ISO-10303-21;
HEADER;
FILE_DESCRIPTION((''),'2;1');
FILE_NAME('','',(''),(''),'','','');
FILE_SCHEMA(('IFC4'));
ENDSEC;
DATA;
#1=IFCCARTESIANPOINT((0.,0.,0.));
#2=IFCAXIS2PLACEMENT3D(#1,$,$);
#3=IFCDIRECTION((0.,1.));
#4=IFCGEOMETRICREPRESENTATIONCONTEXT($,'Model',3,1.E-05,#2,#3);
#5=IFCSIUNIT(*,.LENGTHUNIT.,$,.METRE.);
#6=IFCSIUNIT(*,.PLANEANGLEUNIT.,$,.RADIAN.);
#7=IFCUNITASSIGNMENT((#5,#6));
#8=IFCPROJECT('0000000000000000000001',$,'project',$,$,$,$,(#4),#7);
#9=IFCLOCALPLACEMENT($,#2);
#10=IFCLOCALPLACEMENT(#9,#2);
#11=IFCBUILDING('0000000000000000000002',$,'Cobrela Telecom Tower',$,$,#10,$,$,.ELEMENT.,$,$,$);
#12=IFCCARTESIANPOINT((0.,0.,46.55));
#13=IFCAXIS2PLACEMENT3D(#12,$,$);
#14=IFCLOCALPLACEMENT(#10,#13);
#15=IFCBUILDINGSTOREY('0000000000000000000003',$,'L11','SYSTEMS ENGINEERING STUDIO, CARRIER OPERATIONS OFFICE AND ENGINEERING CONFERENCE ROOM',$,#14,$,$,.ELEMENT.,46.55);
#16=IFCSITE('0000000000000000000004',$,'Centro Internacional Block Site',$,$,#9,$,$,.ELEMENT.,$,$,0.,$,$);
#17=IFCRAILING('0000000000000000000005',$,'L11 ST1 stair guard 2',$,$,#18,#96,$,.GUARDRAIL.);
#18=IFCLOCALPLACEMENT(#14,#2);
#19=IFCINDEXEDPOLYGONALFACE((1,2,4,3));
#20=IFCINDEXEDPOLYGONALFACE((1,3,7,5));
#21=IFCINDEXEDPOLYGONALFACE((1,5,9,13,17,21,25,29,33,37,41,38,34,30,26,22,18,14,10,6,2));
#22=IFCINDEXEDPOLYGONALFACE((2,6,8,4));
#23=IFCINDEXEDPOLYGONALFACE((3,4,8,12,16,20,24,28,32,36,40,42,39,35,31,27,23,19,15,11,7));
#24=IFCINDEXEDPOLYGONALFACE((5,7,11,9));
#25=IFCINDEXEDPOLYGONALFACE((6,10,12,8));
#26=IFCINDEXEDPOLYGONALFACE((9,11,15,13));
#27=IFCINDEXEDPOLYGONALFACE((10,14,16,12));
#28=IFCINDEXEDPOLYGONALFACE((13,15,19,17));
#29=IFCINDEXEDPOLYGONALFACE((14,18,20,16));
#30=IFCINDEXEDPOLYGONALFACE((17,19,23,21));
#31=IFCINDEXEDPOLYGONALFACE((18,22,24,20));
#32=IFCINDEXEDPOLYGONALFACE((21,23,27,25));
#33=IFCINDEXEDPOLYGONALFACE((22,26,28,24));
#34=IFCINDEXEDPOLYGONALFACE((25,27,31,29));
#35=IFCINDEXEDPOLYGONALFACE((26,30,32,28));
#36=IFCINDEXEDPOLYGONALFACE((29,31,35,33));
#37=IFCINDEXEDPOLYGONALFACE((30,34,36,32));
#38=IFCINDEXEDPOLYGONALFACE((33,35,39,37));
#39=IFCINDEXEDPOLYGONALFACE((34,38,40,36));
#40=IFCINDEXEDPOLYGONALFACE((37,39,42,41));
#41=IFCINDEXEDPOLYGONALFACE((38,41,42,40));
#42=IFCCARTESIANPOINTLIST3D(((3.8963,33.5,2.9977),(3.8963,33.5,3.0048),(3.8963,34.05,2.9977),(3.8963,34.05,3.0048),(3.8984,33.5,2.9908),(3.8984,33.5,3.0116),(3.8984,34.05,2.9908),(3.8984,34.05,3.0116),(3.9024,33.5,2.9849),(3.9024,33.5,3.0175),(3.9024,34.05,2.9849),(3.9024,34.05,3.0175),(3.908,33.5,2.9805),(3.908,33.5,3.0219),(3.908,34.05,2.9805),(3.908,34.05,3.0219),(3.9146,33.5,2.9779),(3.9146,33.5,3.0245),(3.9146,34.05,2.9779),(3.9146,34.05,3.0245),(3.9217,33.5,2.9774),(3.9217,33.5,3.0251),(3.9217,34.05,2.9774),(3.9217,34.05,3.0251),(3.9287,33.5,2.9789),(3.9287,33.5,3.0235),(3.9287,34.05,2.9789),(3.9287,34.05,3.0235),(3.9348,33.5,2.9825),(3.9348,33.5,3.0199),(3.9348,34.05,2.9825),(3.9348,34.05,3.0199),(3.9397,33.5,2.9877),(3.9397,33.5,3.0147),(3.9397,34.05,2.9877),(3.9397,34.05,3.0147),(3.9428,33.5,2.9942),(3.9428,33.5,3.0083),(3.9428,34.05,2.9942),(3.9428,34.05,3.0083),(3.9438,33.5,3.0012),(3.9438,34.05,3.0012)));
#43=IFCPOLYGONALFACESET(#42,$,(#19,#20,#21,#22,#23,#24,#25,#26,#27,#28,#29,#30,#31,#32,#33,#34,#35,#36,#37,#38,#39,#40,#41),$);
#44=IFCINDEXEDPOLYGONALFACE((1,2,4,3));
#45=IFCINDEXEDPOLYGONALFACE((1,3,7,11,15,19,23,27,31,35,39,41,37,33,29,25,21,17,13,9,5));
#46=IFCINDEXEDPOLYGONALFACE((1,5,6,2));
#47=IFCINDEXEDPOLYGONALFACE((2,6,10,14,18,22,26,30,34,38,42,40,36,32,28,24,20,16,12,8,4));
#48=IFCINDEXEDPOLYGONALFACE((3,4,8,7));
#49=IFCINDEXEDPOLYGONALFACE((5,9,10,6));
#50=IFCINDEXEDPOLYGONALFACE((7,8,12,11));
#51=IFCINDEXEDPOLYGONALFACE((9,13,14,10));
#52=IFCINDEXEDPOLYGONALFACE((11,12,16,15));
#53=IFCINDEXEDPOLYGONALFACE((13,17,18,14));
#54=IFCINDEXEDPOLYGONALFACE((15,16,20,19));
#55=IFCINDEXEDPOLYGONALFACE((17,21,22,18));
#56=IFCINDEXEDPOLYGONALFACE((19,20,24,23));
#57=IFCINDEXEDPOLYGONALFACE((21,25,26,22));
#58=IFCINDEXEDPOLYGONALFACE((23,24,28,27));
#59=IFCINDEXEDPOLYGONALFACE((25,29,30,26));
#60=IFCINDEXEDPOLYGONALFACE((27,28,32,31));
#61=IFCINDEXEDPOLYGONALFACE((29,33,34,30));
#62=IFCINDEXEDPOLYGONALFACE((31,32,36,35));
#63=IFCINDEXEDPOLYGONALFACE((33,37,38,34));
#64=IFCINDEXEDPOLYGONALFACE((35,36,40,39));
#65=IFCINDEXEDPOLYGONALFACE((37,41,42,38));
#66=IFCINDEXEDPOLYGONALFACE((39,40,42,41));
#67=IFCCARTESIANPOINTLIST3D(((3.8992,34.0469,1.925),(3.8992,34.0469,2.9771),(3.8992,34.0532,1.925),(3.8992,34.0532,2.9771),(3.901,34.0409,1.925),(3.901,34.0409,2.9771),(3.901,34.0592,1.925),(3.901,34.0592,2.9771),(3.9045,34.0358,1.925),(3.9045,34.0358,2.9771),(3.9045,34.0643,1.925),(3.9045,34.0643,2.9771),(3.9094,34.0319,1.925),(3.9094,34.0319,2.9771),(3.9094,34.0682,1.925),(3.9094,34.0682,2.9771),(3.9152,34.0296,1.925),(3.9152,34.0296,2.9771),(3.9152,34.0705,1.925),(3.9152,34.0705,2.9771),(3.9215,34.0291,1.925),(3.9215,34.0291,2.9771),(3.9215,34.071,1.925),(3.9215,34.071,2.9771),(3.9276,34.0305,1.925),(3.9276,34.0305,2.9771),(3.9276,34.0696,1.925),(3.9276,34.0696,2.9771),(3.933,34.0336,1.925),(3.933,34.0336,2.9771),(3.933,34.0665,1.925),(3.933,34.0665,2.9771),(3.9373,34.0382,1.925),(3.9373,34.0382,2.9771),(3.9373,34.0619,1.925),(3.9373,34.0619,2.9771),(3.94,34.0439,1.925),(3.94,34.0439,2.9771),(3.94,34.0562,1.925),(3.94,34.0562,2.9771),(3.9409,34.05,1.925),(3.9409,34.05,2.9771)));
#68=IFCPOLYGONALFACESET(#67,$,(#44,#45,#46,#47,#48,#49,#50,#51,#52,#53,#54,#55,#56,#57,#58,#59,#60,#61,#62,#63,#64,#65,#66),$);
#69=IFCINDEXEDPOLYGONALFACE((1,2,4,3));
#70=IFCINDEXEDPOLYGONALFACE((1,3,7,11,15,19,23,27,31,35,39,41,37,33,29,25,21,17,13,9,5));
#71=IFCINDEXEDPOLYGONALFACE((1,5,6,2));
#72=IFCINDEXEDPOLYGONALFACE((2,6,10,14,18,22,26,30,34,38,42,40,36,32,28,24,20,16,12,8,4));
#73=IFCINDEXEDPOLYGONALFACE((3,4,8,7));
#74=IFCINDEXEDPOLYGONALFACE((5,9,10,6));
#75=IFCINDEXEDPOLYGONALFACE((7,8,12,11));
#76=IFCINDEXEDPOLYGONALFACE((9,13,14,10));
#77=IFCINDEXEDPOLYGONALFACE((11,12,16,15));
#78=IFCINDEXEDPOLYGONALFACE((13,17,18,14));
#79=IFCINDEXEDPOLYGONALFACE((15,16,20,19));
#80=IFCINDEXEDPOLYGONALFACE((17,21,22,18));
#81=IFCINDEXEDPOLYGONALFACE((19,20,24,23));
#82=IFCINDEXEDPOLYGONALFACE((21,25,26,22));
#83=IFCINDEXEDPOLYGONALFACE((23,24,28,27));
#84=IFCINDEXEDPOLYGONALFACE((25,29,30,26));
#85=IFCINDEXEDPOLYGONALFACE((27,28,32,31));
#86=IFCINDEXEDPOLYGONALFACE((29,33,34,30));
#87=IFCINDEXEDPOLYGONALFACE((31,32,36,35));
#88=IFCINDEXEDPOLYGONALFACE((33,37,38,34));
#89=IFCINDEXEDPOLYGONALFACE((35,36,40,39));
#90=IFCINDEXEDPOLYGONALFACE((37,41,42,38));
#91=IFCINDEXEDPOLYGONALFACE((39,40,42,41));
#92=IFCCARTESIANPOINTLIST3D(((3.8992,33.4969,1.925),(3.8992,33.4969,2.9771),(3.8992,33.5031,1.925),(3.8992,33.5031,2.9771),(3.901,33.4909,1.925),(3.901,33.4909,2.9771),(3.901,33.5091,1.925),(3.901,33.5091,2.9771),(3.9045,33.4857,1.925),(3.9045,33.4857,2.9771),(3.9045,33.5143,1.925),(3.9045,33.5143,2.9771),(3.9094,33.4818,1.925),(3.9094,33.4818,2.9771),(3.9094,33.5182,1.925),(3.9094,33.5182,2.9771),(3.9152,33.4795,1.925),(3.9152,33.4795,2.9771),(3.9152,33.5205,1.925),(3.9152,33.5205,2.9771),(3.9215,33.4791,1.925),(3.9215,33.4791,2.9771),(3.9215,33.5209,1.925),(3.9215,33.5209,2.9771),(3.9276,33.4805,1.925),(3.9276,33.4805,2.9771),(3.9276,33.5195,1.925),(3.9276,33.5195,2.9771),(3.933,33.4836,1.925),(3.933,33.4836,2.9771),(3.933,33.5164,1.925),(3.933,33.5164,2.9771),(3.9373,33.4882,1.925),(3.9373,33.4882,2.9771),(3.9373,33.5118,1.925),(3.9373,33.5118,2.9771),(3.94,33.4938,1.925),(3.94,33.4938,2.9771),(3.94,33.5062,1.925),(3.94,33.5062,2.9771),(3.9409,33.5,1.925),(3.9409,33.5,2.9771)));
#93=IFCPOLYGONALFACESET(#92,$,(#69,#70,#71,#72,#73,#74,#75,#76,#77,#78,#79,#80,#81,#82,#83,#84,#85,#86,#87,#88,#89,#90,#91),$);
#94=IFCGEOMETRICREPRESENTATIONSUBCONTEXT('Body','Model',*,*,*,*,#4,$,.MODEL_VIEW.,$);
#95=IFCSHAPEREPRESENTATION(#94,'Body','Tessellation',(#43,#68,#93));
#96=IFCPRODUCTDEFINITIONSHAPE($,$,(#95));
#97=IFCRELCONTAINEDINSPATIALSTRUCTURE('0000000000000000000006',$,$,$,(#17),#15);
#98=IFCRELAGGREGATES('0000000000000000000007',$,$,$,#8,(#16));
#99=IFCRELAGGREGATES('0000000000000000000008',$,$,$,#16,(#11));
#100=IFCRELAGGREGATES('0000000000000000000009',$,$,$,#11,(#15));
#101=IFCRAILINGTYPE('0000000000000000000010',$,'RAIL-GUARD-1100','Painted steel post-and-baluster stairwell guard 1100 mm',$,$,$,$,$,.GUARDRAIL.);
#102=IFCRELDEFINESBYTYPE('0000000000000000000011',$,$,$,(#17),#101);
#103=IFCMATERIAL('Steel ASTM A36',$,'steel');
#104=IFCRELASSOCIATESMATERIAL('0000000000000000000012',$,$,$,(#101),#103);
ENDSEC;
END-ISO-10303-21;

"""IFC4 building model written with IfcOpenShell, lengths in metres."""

from ifc_helpers import new_model, si_unit, direction, frame, origin, origin_2d, place, context, subcontext, project, spatial, circle, extrude, material, type_object, element, save


model = new_model("IFC4")

# Units and contexts
model_context = context("Model", 3, precision=1e-05, world=origin(), true_north=direction((0.0, 1.0)))
body_context = subcontext(model_context, "Body", "Model", "MODEL_VIEW")
ifc_project = project(units=[si_unit("LENGTHUNIT", "METRE"), si_unit("PLANEANGLEUNIT", "RADIAN")], contexts=[model_context])

# Site, building, storey
site_placement = place(None, origin())
site = spatial("IfcSite", under=ifc_project, at=site_placement, Name="Centro Internacional Block Site", CompositionType="ELEMENT", RefElevation=0.0)
building_placement = place(site_placement, origin())
building = spatial("IfcBuilding", under=site, at=building_placement, Name="Cobrela Telecom Tower", CompositionType="ELEMENT")
storey_placement = place(building_placement, frame((0.0, 0.0, 46.55)))
storey = spatial("IfcBuildingStorey", under=building, at=storey_placement, Name="L11", Description="SYSTEMS ENGINEERING STUDIO, CARRIER OPERATIONS OFFICE AND ENGINEERING CONFERENCE ROOM", CompositionType="ELEMENT", Elevation=46.55)

# Shared definitions
ifc_material_1 = material(Name="Steel ASTM A36", Category="steel")

# Railing
railing_type_1 = type_object("IfcRailingType", Name="RAIL-GUARD-1100", Description="Painted steel post-and-baluster stairwell guard 1100 mm", PredefinedType="GUARDRAIL", material=ifc_material_1)
railing_1_placement = place(storey_placement, frame((3.9199, 34.05, 1.925)))
element("IfcRailing", 1, at=railing_1_placement, inside=storey, type_object=railing_type_1, Name="L11 ST1 stair guard 2", PredefinedType="GUARDRAIL", context=body_context, shape_type="SweptSolid", body=[
    extrude(circle(Radius=0.0239, at=origin_2d()), frame((0.0, 0.0, 1.0762), z_axis=(0.0, -1.0, 0.0), x_axis=(1.0, 0.0, 0.0)), (0.0, 0.0, 1.0), 0.55),
    extrude(circle(Radius=0.021, at=origin_2d()), origin(), (0.0, 0.0, 1.0), 1.052),
    extrude(circle(Radius=0.021, at=origin_2d()), frame((0.0, -0.55, 0.0)), (0.0, 0.0, 1.0), 1.052),
])

save(model, "model.ifc")
